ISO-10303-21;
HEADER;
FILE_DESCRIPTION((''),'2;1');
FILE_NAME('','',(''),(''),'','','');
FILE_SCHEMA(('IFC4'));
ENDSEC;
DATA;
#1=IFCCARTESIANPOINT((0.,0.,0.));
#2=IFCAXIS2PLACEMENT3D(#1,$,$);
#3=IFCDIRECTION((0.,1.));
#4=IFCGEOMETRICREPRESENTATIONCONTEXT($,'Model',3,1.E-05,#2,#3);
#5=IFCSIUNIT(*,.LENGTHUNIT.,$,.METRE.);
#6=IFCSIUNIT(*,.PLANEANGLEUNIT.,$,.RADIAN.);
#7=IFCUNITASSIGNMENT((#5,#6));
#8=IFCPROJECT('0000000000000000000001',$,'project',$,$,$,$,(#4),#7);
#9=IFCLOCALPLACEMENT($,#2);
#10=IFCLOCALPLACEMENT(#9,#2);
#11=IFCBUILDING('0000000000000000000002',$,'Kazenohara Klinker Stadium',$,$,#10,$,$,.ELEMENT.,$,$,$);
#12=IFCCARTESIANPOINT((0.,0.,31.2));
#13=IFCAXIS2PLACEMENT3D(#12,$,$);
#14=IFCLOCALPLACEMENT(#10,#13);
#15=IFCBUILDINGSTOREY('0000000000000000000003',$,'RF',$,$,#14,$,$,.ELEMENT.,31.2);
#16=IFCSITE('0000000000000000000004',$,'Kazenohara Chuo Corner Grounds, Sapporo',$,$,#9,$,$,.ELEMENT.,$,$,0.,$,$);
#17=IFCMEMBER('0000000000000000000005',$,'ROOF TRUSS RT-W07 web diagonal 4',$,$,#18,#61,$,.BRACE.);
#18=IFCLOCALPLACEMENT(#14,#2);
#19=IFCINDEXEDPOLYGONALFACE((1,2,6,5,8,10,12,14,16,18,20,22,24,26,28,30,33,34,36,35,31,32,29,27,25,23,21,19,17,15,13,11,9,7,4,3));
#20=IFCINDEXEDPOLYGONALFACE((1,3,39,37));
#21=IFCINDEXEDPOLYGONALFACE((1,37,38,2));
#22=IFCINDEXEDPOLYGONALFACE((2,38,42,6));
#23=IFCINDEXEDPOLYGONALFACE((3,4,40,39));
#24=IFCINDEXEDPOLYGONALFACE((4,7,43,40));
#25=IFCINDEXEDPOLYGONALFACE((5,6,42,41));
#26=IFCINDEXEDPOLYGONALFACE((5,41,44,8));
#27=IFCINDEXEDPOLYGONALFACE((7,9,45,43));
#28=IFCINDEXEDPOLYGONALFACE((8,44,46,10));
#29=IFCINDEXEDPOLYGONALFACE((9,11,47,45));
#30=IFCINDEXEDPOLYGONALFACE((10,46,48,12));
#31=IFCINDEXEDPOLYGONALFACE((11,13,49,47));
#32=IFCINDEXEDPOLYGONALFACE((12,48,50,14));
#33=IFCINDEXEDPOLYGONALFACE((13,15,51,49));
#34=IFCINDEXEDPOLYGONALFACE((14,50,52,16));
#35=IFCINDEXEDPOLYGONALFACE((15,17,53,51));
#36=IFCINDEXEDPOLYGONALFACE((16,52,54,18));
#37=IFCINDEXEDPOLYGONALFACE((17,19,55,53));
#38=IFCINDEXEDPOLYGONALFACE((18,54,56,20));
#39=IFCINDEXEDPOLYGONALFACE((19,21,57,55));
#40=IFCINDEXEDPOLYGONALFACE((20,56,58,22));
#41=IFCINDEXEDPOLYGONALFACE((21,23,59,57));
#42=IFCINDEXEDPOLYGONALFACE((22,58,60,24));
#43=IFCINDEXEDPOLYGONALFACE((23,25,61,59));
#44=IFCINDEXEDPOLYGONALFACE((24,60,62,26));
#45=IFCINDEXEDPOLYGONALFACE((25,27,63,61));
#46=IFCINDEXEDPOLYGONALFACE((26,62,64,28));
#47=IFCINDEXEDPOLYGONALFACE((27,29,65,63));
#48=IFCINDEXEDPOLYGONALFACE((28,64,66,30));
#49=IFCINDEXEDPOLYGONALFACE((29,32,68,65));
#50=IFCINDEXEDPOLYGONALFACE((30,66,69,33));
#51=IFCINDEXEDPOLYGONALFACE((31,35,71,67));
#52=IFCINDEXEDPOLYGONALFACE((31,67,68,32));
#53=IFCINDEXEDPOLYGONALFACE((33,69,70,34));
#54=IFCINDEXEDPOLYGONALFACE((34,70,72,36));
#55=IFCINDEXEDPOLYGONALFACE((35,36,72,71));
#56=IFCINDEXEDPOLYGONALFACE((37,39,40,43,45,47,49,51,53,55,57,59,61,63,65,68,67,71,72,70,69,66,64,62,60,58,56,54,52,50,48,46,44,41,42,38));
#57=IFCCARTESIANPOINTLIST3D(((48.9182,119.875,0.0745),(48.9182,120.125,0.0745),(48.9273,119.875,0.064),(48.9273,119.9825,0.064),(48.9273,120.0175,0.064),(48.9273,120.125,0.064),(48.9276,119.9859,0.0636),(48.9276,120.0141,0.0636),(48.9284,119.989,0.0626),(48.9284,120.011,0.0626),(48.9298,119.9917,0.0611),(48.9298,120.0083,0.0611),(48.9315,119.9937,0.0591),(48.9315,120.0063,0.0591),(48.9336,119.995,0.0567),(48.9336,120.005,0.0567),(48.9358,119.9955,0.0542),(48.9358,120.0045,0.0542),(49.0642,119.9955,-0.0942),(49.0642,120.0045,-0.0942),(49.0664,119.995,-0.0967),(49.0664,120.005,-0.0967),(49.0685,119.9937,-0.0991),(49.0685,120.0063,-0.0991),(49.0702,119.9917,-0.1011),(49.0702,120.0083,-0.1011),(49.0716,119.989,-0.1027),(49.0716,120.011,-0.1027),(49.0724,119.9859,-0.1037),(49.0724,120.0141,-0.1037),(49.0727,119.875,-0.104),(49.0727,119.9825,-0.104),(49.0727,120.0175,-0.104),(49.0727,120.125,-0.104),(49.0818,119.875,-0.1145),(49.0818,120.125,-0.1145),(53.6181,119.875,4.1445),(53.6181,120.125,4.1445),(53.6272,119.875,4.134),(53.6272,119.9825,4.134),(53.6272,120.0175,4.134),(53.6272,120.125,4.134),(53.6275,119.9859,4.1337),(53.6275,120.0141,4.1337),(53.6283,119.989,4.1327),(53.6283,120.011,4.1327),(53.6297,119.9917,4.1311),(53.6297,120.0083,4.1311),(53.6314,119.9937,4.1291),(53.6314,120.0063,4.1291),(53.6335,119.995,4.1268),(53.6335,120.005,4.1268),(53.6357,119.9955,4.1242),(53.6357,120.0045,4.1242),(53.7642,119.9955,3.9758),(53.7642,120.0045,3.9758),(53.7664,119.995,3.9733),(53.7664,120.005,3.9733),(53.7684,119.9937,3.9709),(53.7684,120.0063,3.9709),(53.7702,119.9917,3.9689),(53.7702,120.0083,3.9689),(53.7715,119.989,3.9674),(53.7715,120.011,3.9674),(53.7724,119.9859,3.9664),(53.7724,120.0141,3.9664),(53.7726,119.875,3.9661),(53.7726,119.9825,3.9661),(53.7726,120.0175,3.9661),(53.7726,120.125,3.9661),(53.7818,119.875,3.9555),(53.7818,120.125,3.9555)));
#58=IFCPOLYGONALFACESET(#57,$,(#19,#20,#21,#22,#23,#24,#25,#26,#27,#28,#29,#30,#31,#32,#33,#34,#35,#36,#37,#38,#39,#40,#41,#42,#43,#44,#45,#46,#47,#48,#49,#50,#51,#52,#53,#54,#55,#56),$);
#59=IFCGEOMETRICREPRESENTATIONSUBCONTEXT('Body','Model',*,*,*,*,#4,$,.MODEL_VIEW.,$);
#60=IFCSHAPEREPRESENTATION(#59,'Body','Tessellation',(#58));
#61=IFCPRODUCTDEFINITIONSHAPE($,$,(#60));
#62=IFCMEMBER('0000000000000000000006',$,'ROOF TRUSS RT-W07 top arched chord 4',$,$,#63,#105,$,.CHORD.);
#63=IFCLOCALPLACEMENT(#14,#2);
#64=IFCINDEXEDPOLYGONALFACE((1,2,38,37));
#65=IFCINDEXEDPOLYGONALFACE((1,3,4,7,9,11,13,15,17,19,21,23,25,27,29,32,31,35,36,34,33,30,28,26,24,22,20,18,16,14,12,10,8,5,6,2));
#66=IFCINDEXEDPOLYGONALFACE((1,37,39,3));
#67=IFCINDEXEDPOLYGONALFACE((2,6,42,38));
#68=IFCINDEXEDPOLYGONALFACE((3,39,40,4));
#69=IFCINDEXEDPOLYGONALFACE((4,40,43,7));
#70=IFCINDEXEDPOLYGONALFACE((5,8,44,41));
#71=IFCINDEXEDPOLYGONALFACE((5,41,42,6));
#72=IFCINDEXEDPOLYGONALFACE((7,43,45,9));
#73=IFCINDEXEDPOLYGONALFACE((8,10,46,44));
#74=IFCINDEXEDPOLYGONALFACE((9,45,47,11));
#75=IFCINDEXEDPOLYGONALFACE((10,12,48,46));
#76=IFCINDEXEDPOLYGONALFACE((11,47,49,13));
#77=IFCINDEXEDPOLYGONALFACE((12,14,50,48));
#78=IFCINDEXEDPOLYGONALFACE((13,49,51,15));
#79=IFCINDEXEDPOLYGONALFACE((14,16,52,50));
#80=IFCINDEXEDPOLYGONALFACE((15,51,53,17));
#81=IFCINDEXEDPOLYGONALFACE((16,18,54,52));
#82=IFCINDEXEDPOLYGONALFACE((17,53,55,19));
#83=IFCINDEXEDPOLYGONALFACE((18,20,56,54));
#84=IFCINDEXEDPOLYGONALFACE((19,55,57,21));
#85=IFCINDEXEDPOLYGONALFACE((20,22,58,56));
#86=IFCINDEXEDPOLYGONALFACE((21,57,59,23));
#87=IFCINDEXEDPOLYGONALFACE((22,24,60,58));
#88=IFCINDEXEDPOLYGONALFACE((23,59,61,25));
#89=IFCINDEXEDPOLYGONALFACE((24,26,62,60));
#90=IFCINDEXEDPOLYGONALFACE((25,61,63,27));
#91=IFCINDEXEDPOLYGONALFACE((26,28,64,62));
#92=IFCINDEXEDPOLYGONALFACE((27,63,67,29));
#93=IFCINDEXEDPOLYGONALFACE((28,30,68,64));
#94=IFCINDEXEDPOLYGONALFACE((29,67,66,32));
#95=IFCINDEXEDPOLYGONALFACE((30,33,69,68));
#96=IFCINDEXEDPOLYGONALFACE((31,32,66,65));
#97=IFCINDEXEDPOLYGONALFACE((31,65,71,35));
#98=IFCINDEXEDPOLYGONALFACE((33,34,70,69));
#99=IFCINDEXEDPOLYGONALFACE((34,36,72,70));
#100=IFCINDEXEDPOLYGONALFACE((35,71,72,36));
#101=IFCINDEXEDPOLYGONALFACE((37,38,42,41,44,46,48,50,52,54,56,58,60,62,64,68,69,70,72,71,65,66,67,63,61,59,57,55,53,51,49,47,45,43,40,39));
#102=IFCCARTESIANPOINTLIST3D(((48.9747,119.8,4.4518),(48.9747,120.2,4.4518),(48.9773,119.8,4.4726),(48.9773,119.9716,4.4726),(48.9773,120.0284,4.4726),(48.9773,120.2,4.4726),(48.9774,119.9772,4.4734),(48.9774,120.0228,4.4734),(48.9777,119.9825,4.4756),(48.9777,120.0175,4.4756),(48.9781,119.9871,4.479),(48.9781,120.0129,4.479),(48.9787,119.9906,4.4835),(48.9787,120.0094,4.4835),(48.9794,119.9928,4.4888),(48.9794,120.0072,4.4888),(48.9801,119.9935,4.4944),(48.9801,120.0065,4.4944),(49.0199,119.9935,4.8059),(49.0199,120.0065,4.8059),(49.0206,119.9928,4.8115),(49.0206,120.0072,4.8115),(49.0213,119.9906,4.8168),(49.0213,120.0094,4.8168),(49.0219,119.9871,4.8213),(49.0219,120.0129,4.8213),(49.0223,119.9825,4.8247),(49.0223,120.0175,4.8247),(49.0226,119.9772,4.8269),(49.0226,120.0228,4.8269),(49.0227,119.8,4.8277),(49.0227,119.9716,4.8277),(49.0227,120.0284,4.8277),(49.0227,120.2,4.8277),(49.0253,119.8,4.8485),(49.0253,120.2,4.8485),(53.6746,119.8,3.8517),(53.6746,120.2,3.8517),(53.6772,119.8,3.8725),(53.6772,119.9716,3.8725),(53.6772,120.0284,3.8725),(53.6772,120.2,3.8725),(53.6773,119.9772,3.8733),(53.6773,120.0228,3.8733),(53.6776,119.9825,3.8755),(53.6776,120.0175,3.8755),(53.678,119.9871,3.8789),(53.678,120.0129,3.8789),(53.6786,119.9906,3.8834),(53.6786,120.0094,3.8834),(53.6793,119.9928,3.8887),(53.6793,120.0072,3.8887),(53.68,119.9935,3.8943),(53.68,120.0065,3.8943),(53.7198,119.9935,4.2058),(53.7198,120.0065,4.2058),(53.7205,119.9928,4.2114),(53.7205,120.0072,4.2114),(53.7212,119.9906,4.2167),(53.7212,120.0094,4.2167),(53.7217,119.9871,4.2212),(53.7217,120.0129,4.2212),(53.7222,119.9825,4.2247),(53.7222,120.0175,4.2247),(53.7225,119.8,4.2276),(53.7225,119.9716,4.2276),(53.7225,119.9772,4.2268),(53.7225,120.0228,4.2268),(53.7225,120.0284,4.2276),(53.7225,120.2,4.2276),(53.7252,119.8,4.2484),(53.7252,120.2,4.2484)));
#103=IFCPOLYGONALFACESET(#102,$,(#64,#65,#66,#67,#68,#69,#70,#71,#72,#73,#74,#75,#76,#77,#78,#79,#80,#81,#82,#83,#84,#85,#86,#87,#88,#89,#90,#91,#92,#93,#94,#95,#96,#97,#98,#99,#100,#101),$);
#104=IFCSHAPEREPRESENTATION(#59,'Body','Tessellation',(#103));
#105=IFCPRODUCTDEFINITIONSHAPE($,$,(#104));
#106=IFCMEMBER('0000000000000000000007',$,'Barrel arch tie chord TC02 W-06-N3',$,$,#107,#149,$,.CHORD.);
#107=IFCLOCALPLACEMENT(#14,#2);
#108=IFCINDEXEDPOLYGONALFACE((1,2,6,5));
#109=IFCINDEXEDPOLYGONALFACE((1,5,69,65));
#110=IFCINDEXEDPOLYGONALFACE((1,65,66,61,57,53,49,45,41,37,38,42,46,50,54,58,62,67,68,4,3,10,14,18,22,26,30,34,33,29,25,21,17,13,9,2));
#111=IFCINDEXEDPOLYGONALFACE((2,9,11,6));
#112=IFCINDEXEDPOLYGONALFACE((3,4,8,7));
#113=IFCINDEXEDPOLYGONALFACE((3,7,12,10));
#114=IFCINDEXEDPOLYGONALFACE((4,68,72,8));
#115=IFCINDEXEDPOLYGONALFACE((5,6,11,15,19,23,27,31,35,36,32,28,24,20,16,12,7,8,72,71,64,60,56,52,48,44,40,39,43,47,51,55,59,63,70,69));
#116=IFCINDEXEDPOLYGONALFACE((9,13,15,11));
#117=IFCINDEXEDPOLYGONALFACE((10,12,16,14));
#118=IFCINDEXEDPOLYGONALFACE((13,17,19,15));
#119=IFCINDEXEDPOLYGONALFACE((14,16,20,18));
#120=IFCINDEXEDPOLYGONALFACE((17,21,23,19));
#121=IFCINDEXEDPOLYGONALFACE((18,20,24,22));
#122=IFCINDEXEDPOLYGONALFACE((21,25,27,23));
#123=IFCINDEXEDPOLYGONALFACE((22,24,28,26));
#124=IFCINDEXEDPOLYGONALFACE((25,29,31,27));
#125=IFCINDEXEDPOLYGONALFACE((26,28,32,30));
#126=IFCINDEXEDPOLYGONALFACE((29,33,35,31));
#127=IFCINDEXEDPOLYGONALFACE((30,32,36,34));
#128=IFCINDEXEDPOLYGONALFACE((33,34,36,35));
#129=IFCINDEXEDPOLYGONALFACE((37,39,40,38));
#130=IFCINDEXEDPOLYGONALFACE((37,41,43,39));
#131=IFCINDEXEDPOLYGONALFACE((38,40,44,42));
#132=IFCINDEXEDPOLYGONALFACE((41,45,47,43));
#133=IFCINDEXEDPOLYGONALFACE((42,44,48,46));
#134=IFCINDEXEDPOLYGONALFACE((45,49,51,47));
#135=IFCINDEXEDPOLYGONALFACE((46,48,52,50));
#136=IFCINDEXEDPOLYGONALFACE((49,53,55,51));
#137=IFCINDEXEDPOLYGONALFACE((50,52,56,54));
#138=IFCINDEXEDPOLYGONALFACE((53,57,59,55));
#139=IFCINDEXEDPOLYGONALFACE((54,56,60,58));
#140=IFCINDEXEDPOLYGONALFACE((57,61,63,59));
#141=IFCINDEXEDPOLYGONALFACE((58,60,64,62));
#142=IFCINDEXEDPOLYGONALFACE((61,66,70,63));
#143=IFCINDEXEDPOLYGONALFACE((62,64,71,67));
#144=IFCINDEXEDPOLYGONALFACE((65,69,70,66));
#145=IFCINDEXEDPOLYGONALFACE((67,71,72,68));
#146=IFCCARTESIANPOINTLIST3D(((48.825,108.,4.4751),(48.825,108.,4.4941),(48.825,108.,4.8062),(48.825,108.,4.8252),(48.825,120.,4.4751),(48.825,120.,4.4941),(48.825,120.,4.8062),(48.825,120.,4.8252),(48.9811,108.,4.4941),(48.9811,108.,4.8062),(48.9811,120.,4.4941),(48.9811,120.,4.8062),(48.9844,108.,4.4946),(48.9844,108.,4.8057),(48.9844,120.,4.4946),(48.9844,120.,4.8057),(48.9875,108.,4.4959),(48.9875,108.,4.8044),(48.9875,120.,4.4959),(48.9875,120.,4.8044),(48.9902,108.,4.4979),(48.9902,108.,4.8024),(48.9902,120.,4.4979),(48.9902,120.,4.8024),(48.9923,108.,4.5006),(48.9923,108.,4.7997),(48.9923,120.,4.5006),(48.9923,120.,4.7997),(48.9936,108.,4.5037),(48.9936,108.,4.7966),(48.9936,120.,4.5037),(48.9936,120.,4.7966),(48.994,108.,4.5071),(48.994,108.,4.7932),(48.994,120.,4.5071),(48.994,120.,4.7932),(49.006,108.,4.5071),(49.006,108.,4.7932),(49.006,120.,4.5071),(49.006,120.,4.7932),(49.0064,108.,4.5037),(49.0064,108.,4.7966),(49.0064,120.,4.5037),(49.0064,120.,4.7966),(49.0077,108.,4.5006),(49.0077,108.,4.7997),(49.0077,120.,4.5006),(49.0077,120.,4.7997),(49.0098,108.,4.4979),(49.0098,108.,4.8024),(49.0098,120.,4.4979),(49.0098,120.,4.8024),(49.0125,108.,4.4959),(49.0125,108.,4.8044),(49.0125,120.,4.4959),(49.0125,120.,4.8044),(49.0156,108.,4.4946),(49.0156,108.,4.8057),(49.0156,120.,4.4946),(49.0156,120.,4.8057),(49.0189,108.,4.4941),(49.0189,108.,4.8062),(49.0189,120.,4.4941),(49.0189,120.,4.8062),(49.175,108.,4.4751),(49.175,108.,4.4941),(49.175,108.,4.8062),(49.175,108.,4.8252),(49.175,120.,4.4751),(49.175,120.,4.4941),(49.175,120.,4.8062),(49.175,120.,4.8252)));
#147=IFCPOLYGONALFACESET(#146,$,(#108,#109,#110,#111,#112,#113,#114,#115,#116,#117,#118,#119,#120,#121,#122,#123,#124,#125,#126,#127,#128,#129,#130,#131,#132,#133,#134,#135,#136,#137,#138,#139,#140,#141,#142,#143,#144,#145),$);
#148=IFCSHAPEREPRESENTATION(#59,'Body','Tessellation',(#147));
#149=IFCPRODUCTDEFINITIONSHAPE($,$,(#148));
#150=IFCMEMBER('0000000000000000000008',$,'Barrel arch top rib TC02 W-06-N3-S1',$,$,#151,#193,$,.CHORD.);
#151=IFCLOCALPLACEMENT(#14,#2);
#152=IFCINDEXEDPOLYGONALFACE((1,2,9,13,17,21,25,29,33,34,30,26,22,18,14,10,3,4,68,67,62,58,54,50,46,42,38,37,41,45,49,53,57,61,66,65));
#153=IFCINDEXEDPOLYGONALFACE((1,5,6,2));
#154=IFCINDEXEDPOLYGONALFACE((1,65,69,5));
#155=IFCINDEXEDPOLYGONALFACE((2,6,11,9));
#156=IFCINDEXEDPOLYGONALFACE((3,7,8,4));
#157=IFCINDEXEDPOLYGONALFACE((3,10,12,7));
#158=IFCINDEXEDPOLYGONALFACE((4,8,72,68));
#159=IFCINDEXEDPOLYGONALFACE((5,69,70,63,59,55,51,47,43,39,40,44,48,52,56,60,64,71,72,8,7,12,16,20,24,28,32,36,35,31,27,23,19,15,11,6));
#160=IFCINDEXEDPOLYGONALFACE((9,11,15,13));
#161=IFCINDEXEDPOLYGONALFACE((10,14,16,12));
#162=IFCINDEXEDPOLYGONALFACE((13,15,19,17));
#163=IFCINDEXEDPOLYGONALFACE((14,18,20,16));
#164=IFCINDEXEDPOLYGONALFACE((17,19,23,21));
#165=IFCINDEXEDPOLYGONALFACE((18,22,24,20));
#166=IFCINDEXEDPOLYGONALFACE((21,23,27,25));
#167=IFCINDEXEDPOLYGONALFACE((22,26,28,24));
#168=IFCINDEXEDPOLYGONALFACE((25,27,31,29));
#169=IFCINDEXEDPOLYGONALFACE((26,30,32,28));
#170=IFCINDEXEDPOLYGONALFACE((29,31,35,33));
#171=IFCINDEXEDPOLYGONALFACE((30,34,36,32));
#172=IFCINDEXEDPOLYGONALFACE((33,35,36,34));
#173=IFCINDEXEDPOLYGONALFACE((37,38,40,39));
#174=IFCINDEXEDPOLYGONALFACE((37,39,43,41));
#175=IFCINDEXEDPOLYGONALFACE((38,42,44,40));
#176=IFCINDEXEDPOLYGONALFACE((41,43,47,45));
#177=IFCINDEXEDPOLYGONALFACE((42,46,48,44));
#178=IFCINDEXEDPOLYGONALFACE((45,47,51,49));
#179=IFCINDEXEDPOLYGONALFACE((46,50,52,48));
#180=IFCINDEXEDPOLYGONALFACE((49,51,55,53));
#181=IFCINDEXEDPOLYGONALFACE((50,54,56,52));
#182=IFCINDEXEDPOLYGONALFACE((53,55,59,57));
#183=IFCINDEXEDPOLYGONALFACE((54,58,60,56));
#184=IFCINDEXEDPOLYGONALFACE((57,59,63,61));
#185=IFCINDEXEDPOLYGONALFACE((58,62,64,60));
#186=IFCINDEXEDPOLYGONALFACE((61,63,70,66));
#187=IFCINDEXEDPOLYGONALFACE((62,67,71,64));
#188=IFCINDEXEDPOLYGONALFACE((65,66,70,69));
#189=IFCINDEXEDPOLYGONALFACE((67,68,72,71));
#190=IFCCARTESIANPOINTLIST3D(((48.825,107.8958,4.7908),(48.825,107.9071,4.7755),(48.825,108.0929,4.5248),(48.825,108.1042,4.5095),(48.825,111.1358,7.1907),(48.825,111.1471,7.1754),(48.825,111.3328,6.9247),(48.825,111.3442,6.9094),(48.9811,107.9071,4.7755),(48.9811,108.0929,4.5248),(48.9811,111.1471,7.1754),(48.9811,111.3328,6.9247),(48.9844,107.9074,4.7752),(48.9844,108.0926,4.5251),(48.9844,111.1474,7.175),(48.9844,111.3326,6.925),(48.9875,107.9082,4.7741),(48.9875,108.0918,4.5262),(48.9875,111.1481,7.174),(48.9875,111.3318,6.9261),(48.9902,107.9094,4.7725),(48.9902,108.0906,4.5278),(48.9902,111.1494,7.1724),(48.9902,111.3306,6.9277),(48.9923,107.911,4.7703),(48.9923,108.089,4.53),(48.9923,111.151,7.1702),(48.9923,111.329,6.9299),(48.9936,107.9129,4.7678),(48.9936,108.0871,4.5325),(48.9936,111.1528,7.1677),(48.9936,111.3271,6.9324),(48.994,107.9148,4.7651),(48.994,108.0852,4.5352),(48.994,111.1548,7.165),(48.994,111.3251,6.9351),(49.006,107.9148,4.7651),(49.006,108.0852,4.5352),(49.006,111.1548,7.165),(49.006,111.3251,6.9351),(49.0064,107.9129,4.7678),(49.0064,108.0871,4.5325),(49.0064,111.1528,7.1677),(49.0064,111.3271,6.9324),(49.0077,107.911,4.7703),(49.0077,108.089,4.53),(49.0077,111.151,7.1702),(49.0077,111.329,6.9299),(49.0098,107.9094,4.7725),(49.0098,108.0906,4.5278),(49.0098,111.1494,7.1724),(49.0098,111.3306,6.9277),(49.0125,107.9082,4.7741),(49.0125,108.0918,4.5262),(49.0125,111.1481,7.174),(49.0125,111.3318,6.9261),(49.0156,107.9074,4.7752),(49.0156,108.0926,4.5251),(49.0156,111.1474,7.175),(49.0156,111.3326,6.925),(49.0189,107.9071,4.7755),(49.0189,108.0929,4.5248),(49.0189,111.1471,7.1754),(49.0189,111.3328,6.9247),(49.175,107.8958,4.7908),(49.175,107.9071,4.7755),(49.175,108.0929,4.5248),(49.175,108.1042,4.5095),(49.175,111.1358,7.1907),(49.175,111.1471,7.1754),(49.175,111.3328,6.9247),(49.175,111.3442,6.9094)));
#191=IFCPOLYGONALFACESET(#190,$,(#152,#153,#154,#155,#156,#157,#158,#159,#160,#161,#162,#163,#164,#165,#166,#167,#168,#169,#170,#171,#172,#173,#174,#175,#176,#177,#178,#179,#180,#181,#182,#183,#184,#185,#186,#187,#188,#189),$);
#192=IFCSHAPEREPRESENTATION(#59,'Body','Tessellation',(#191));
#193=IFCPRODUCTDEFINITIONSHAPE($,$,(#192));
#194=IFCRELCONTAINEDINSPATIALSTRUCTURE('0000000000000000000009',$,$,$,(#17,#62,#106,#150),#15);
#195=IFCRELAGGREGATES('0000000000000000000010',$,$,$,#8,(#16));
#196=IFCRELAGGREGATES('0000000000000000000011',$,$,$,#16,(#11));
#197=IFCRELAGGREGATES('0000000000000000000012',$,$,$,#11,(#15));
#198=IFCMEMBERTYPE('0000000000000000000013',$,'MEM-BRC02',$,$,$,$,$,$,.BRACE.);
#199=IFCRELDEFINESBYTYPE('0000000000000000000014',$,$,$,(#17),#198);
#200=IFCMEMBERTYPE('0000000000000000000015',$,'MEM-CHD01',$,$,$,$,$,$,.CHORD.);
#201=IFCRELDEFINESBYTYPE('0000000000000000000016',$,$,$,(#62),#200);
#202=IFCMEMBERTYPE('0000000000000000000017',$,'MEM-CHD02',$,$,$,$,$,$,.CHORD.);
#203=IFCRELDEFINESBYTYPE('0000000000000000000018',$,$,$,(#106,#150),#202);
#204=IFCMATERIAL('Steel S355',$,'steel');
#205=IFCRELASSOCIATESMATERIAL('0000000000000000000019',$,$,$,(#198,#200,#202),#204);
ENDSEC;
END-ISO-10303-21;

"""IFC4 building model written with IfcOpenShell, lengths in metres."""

from ifc_helpers import new_model, si_unit, direction, frame, origin, origin_2d, place, context, subcontext, project, spatial, i_section, extrude, material, material_profile, profile_set, type_object, element, save


model = new_model("IFC4")

# Units and contexts
model_context = context("Model", 3, precision=1e-05, world=origin(), true_north=direction((0.0, 1.0)))
body_context = subcontext(model_context, "Body", "Model", "MODEL_VIEW")
ifc_project = project(units=[si_unit("LENGTHUNIT", "METRE"), si_unit("PLANEANGLEUNIT", "RADIAN")], contexts=[model_context])

# Site, building, storey
site_placement = place(None, origin())
site = spatial("IfcSite", under=ifc_project, at=site_placement, Name="Kazenohara Chuo Corner Grounds, Sapporo", CompositionType="ELEMENT", RefElevation=0.0)
building_placement = place(site_placement, origin())
building = spatial("IfcBuilding", under=site, at=building_placement, Name="Kazenohara Klinker Stadium", CompositionType="ELEMENT")
storey_placement = place(building_placement, frame((0.0, 0.0, 31.2)))
storey = spatial("IfcBuildingStorey", under=building, at=storey_placement, Name="RF", CompositionType="ELEMENT", Elevation=31.2)

# Members
ifc_material_1 = material(Name="Steel S355", Category="steel")
ifc_material_profile_1 = material_profile(ifc_material_1, i_section(OverallWidth=0.25, OverallDepth=0.25, WebThickness=0.009, FlangeThickness=0.0139, FilletRadius=0.0129, at=origin_2d()), Name="H-250x250x9x14")
ifc_profile_set_1 = profile_set([ifc_material_profile_1], Name="Steel S355")
member_type_1 = type_object("IfcMemberType", Name="MEM-BRC02", PredefinedType="BRACE", material=ifc_profile_set_1)
member_1_placement = place(storey_placement, frame((49.0, 120.0, -0.02), z_axis=(0.755946, 0.0, 0.654634), x_axis=(0.0, 1.0, 0.0)))
element("IfcMember", 1, at=member_1_placement, inside=storey, type_object=member_type_1, Name="ROOF TRUSS RT-W07 web diagonal 4", PredefinedType="BRACE", context=body_context, shape_type="SweptSolid", body=[
    extrude(i_section(OverallWidth=0.25, OverallDepth=0.25, WebThickness=0.009, FlangeThickness=0.0139, FilletRadius=0.0129, at=origin_2d()), origin(), (0.0, 0.0, 1.0), 6.2173),
])
ifc_material_profile_2 = material_profile(ifc_material_1, i_section(OverallWidth=0.3999, OverallDepth=0.3999, WebThickness=0.0129, FlangeThickness=0.021, FilletRadius=0.022, at=origin_2d()), Name="H-400x400x13x21")
ifc_profile_set_2 = profile_set([ifc_material_profile_2], Name="Steel S355")
member_type_2 = type_object("IfcMemberType", Name="MEM-CHD01", PredefinedType="CHORD", material=ifc_profile_set_2)
member_2_placement = place(storey_placement, frame((49.0, 120.0, 4.6501), z_axis=(0.991947, 0.0, -0.126653), x_axis=(0.0, 1.0, 0.0)))
element("IfcMember", 2, at=member_2_placement, inside=storey, type_object=member_type_2, Name="ROOF TRUSS RT-W07 top arched chord 4", PredefinedType="CHORD", context=body_context, shape_type="SweptSolid", body=[
    extrude(i_section(OverallWidth=0.3999, OverallDepth=0.3999, WebThickness=0.0129, FlangeThickness=0.021, FilletRadius=0.022, at=origin_2d()), origin(), (0.0, 0.0, 1.0), 4.738),
])
ifc_material_profile_3 = material_profile(ifc_material_1, i_section(OverallWidth=0.3501, OverallDepth=0.3501, WebThickness=0.012, FlangeThickness=0.019, FilletRadius=0.0129, at=origin_2d()), Name="H-350x350x12x19")
ifc_profile_set_3 = profile_set([ifc_material_profile_3], Name="Steel S355")
member_type_3 = type_object("IfcMemberType", Name="MEM-CHD02", PredefinedType="CHORD", material=ifc_profile_set_3)
member_3_placement = place(storey_placement, frame((49.0, 108.0, 4.6501), z_axis=(0.0, 1.0, 0.0), x_axis=(-1.0, 0.0, 0.0)))
element("IfcMember", 3, at=member_3_placement, inside=storey, type_object=member_type_3, Name="Barrel arch tie chord TC02 W-06-N3", PredefinedType="CHORD", context=body_context, shape_type="SweptSolid", body=[
    extrude(i_section(OverallWidth=0.3501, OverallDepth=0.3501, WebThickness=0.012, FlangeThickness=0.019, FilletRadius=0.0129, at=origin_2d()), origin(), (0.0, 0.0, 1.0), 12.0),
])
member_4_placement = place(storey_placement, frame((49.0, 108.0, 4.6501), z_axis=(0.0, 0.803568, 0.595213), x_axis=(-1.0, 0.0, 0.0)))
element("IfcMember", 4, at=member_4_placement, inside=storey, type_object=member_type_3, Name="Barrel arch top rib TC02 W-06-N3-S1", PredefinedType="CHORD", context=body_context, shape_type="SweptSolid", body=[
    extrude(i_section(OverallWidth=0.3501, OverallDepth=0.3501, WebThickness=0.012, FlangeThickness=0.019, FilletRadius=0.0129, at=origin_2d()), origin(), (0.0, 0.0, 1.0), 4.032),
])

save(model, "model.ifc")
